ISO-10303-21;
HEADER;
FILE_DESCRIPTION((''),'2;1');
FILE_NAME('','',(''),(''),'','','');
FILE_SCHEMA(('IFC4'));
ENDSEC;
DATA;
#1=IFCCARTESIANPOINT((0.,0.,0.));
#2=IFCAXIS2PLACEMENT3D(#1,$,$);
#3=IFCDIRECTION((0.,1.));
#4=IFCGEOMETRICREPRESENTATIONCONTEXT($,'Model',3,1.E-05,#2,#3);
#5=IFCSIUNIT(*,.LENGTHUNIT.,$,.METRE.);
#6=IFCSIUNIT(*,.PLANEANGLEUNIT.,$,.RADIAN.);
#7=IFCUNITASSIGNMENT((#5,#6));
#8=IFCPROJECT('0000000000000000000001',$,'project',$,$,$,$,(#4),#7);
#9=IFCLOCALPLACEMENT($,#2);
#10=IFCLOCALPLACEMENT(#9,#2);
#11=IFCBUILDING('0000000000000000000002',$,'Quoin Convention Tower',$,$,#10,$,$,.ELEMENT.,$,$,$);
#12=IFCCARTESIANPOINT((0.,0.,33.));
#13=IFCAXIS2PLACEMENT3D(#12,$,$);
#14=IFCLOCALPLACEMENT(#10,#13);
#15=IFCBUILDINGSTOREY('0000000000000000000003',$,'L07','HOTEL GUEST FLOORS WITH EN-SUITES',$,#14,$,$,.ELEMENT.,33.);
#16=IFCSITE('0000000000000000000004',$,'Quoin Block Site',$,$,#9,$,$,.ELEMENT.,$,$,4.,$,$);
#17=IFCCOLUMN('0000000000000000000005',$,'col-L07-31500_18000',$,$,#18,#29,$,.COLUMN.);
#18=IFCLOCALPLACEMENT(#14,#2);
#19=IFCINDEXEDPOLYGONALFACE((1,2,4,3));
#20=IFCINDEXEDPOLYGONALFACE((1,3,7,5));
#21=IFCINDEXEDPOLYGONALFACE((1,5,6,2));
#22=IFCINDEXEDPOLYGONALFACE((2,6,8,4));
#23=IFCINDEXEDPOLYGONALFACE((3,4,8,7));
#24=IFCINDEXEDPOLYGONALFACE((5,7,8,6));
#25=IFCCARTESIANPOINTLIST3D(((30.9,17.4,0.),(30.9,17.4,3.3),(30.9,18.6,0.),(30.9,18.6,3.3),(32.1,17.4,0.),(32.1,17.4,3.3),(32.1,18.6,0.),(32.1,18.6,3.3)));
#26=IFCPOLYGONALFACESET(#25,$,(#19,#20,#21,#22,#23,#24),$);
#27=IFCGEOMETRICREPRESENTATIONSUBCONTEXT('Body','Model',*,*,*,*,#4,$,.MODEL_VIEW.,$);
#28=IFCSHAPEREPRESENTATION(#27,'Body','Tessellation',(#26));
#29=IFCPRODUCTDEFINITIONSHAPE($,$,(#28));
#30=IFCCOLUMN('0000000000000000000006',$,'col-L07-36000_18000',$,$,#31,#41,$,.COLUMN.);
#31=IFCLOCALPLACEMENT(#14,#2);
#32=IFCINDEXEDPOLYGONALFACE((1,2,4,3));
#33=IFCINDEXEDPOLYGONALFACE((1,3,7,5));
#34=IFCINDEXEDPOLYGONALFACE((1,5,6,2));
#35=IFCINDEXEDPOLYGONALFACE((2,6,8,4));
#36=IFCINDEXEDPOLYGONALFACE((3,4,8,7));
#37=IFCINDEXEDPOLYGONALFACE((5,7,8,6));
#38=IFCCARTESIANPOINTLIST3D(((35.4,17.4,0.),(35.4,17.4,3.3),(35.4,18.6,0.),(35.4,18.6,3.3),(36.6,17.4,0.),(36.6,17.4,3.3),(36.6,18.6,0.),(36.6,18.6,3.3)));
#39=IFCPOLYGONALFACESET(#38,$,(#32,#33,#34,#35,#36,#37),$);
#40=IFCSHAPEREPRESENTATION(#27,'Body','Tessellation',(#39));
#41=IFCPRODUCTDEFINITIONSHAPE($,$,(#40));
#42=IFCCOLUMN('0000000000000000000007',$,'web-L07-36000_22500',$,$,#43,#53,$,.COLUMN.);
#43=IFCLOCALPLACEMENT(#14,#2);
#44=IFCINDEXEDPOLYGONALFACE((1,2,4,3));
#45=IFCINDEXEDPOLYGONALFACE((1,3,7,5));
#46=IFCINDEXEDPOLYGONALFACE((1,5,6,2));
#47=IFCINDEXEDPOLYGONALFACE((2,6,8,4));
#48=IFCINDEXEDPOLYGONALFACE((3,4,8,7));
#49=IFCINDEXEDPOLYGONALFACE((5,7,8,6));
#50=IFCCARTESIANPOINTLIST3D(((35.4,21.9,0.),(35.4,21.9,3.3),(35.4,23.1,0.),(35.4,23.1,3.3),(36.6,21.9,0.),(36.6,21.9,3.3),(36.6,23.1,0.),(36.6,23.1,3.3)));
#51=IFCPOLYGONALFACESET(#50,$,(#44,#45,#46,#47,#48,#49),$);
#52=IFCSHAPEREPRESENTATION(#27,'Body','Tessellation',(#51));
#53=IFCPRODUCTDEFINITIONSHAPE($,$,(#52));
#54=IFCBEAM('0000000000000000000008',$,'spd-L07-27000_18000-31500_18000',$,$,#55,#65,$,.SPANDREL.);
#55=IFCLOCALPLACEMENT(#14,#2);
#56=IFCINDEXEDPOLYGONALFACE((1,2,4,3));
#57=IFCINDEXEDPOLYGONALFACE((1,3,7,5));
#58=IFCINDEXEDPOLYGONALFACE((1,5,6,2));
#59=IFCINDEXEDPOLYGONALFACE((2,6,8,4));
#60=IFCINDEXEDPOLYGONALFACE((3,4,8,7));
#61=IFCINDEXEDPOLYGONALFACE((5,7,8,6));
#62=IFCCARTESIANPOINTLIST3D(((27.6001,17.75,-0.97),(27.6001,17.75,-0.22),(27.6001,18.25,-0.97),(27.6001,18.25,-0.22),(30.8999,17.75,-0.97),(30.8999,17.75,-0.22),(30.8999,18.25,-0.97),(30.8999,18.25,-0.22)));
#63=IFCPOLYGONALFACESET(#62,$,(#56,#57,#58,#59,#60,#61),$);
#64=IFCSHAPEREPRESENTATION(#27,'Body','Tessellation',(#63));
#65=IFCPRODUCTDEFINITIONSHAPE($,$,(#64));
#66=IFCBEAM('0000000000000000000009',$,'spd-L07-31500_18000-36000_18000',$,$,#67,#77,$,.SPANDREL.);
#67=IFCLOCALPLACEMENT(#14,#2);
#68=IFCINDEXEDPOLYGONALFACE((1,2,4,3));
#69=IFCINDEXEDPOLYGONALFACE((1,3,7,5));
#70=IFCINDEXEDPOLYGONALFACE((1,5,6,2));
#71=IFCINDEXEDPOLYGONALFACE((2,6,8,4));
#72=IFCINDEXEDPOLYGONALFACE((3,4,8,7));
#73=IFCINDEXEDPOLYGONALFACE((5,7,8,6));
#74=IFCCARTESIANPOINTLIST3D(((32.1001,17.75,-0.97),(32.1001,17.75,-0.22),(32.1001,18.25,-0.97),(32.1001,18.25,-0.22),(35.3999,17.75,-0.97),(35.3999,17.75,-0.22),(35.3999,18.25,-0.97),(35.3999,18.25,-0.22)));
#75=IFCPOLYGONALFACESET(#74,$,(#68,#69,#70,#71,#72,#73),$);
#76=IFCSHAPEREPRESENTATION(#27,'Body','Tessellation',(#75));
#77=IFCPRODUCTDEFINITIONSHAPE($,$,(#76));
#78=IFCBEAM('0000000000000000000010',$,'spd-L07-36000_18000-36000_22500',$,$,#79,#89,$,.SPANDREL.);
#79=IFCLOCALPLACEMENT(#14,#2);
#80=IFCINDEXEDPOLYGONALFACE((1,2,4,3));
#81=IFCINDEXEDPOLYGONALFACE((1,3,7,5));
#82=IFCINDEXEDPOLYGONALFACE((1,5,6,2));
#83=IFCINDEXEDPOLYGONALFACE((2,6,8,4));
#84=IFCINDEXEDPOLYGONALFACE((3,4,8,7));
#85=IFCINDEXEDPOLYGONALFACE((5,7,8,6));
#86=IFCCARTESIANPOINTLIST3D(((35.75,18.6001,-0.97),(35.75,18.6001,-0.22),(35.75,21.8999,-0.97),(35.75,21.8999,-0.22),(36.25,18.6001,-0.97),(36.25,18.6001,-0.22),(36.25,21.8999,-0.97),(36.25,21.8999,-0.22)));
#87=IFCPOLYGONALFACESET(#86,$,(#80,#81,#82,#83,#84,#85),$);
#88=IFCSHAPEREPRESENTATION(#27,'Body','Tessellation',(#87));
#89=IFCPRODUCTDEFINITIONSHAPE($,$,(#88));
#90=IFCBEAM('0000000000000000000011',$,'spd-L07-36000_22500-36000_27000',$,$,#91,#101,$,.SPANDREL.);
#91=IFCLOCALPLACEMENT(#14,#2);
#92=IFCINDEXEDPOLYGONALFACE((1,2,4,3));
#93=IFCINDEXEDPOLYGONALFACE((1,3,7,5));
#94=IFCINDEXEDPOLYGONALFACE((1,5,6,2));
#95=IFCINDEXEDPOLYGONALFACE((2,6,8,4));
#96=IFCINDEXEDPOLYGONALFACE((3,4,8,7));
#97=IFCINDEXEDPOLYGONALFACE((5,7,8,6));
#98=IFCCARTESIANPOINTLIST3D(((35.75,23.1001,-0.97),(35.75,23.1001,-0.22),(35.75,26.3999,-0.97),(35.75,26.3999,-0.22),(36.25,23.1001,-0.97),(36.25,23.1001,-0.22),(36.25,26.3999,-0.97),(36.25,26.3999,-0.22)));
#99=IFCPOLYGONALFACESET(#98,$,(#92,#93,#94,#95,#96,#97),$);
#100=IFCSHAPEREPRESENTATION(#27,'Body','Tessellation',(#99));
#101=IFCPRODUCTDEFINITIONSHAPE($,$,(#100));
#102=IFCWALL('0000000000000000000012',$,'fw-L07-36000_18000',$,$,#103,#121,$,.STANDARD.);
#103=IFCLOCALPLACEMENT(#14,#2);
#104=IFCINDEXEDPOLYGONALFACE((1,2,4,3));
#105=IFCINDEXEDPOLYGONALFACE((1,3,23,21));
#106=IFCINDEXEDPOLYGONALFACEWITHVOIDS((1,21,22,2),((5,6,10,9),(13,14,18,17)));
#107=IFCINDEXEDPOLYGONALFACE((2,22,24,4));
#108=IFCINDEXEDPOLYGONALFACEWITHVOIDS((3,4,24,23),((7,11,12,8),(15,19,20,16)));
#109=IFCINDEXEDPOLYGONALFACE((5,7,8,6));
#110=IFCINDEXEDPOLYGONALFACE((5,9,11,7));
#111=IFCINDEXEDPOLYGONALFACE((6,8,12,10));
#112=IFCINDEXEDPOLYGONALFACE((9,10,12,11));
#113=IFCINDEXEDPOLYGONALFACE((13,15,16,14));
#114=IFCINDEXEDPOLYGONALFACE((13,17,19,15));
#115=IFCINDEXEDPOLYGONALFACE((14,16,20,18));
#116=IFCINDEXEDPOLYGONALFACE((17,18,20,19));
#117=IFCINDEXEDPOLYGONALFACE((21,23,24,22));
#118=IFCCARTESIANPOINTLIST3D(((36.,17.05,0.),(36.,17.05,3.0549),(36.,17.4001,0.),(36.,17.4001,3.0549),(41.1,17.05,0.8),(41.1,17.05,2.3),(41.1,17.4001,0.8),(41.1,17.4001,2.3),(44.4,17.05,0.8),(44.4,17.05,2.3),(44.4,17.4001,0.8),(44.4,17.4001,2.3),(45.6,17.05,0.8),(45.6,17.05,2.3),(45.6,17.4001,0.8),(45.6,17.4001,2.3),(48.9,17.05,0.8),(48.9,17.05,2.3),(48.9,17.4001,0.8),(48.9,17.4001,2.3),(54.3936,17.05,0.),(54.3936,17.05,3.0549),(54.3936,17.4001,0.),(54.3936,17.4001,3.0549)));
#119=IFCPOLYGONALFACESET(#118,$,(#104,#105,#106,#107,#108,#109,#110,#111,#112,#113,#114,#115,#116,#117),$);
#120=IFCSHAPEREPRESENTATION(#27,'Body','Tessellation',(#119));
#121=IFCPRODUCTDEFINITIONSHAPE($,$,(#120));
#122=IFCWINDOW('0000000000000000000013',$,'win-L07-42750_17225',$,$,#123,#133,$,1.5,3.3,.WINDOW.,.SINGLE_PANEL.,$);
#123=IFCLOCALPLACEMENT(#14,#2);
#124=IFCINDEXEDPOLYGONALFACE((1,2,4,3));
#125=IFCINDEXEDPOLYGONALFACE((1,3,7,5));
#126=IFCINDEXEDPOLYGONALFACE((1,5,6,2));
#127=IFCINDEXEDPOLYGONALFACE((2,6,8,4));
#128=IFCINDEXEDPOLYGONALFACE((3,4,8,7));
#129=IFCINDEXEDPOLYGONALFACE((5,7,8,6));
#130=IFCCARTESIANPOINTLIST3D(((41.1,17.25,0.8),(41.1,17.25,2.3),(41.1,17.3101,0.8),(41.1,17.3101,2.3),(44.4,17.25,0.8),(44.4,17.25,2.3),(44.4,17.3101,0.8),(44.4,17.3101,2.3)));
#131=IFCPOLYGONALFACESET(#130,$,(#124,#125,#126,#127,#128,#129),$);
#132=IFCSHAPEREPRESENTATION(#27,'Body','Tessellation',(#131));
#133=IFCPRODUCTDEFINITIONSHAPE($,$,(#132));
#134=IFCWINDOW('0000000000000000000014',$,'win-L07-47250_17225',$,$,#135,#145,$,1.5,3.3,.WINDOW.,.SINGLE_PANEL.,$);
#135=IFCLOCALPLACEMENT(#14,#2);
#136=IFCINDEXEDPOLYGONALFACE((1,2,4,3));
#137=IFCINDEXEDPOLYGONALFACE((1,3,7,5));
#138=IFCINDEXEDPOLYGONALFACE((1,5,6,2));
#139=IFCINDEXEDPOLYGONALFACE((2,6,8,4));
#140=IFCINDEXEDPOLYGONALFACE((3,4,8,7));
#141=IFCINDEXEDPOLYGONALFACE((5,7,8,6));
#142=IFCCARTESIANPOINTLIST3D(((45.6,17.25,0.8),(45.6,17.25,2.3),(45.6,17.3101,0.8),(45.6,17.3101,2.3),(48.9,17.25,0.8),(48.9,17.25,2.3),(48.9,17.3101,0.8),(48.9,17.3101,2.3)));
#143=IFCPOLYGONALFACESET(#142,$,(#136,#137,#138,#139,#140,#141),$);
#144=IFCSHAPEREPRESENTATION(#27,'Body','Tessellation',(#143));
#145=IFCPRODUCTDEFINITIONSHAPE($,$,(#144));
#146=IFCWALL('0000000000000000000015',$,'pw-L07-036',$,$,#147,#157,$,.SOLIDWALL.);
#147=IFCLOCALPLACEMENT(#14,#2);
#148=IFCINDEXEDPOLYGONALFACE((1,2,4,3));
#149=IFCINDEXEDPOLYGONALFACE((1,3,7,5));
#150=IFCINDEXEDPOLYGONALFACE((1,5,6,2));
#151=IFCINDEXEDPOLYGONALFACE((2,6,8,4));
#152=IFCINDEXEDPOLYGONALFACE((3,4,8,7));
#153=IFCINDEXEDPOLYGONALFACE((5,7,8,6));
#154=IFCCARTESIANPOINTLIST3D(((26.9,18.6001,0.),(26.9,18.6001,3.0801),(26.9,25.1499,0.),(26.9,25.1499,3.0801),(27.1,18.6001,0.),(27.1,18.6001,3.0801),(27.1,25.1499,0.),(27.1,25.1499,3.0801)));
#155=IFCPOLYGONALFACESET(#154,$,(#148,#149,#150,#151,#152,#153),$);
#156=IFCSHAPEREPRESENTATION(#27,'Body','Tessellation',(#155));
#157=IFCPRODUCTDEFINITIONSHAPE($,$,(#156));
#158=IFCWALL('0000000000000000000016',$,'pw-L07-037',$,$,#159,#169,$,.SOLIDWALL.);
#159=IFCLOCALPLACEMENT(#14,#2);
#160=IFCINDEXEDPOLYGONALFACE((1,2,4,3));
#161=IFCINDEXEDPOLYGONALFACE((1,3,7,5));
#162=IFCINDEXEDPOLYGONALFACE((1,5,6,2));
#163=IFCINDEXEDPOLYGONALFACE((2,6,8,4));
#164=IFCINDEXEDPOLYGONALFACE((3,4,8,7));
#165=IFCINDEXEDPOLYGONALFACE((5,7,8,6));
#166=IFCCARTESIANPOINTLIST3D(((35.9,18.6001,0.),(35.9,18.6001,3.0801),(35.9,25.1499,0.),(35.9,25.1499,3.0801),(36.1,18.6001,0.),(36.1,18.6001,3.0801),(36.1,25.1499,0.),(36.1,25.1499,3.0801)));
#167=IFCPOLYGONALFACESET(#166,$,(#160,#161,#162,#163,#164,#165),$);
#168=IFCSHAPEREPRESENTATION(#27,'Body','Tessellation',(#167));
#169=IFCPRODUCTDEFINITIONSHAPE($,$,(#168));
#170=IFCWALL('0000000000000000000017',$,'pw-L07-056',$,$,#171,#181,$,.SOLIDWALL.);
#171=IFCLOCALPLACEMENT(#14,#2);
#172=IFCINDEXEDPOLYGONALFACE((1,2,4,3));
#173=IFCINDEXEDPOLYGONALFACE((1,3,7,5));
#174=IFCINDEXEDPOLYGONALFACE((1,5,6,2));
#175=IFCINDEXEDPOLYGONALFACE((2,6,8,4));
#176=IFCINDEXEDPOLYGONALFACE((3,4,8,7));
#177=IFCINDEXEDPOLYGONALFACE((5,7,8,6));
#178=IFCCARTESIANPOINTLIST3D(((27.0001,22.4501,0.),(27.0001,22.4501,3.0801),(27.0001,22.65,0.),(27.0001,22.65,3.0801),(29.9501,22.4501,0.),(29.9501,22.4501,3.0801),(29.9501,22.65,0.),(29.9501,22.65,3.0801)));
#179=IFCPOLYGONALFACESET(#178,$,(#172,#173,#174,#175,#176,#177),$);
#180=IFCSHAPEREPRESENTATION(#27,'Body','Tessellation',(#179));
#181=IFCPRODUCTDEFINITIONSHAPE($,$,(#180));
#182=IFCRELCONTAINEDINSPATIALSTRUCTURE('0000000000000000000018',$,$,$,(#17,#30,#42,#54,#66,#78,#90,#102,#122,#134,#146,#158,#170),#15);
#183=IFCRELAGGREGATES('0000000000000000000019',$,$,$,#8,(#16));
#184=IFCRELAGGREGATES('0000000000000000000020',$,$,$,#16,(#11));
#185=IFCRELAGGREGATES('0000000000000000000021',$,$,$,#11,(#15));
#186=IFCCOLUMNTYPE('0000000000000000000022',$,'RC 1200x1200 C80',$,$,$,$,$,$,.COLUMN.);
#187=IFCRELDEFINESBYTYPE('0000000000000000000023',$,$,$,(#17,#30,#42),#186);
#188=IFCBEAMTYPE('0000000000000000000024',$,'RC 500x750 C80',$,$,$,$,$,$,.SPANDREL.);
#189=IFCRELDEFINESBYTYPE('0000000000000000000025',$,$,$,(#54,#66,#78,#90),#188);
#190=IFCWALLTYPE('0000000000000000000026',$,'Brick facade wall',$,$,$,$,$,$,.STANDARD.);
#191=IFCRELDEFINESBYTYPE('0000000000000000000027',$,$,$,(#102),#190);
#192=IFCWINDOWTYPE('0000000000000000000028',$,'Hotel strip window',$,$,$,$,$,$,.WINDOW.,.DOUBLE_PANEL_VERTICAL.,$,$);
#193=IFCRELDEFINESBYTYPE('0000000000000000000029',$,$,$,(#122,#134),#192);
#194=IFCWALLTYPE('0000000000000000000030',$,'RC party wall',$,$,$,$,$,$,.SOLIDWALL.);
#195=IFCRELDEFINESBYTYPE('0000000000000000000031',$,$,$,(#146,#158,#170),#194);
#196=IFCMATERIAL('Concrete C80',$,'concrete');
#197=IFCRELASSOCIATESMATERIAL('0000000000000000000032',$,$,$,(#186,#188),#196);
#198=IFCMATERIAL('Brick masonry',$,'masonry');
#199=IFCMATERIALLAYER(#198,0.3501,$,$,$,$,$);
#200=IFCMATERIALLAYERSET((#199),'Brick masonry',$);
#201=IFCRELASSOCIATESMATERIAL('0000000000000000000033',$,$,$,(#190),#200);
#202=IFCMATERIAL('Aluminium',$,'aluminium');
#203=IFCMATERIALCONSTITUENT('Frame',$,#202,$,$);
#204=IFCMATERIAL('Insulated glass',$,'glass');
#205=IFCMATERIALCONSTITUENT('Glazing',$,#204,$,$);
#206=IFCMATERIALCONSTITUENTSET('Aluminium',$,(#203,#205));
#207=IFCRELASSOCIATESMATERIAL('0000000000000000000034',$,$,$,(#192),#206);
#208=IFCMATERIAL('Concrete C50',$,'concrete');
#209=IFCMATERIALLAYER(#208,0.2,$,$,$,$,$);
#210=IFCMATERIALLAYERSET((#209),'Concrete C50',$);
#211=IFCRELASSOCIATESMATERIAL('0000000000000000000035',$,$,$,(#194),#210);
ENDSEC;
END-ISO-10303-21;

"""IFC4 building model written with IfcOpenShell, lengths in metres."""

from ifc_helpers import new_model, si_unit, direction, frame, frame_2d, origin, origin_2d, place, context, subcontext, project, spatial, rectangle, extrude, material, layer, layer_set, constituent, constituent_set, material_profile, profile_set, type_object, element, fill, save


model = new_model("IFC4")

# Units and contexts
model_context = context("Model", 3, precision=1e-05, world=origin(), true_north=direction((0.0, 1.0)))
body_context = subcontext(model_context, "Body", "Model", "MODEL_VIEW")
ifc_project = project(units=[si_unit("LENGTHUNIT", "METRE"), si_unit("PLANEANGLEUNIT", "RADIAN")], contexts=[model_context])

# Site, building, storey
site_placement = place(None, origin())
site = spatial("IfcSite", under=ifc_project, at=site_placement, Name="Quoin Block Site", CompositionType="ELEMENT", RefElevation=4.0)
building_placement = place(site_placement, origin())
building = spatial("IfcBuilding", under=site, at=building_placement, Name="Quoin Convention Tower", CompositionType="ELEMENT")
storey_placement = place(building_placement, frame((0.0, 0.0, 33.0)))
storey = spatial("IfcBuildingStorey", under=building, at=storey_placement, Name="L07", Description="HOTEL GUEST FLOORS WITH EN-SUITES", CompositionType="ELEMENT", Elevation=33.0)

# Columns
ifc_material_1 = material(Name="Concrete C80", Category="concrete")
ifc_material_profile_1 = material_profile(ifc_material_1, rectangle(XDim=1.2, YDim=1.2, at=origin_2d()), Name="RC 1200x1200")
ifc_profile_set_1 = profile_set([ifc_material_profile_1], Name="Concrete C80")
column_type = type_object("IfcColumnType", Name="RC 1200x1200 C80", PredefinedType="COLUMN", material=ifc_profile_set_1)
for number, where, z_axis, x_axis, name in (
    (1, (31.5, 18.0, 0.0), (0.0, 0.0, 1.0), (1.0, 0.0, 0.0), "col-L07-31500_18000"),
    (2, (36.0, 18.0, 0.0), (0.0, 0.0, 1.0), (1.0, 0.0, 0.0), "col-L07-36000_18000"),
    (3, (36.0, 22.5, 0.0), (0.0, 0.0, 1.0), (1.0, 0.0, 0.0), "web-L07-36000_22500"),
):
    element("IfcColumn", number, at=place(storey_placement, frame(where, z_axis=z_axis, x_axis=x_axis)), inside=storey, type_object=column_type, Name=name, PredefinedType="COLUMN", context=body_context, shape_type="SweptSolid", body=[
        extrude(rectangle(XDim=1.2, YDim=1.2, at=origin_2d()), origin(), (0.0, 0.0, 1.0), 3.3),
    ])

# Beams
ifc_material_profile_2 = material_profile(ifc_material_1, rectangle(XDim=0.5, YDim=0.75, at=origin_2d()), Name="RC 500x750")
ifc_profile_set_2 = profile_set([ifc_material_profile_2], Name="Concrete C80")
beam_type = type_object("IfcBeamType", Name="RC 500x750 C80", PredefinedType="SPANDREL", material=ifc_profile_set_2)
for number, where, z_axis, x_axis, name in (
    (4, (27.6001, 18.0, -0.595), (1.0, 0.0, 0.0), (0.0, 1.0, 0.0), "spd-L07-27000_18000-31500_18000"),
    (5, (32.1001, 18.0, -0.595), (1.0, 0.0, 0.0), (0.0, 1.0, 0.0), "spd-L07-31500_18000-36000_18000"),
    (6, (36.0, 18.6001, -0.595), (0.0, 1.0, 0.0), (-1.0, 0.0, 0.0), "spd-L07-36000_18000-36000_22500"),
    (7, (36.0, 23.1001, -0.595), (0.0, 1.0, 0.0), (-1.0, 0.0, 0.0), "spd-L07-36000_22500-36000_27000"),
):
    element("IfcBeam", number, at=place(storey_placement, frame(where, z_axis=z_axis, x_axis=x_axis)), inside=storey, type_object=beam_type, Name=name, PredefinedType="SPANDREL", context=body_context, shape_type="SweptSolid", body=[
        extrude(rectangle(XDim=0.5, YDim=0.75, at=origin_2d()), origin(), (0.0, 0.0, 1.0), 3.2998),
    ])

# Wall, openings, windows
ifc_material_2 = material(Name="Brick masonry", Category="masonry")
ifc_layer_1 = layer(ifc_material_2, 0.3501)
ifc_layer_set_1 = layer_set([ifc_layer_1], Name="Brick masonry")
wall_type_1 = type_object("IfcWallType", Name="Brick facade wall", PredefinedType="STANDARD", material=ifc_layer_set_1)
wall_1_placement = place(storey_placement, frame((36.0, 17.2251, 0.0), z_axis=(0.0, 0.0, 1.0), x_axis=(1.0, 0.0, 0.0)))
wall_1 = element("IfcWall", 8, at=wall_1_placement, inside=storey, type_object=wall_type_1, Name="fw-L07-36000_18000", PredefinedType="STANDARD", context=body_context, shape_type="SweptSolid", body=[
    extrude(rectangle(XDim=18.3936, YDim=0.3501, at=frame_2d((9.1968, 0.0))), origin(), (0.0, 0.0, 1.0), 3.0549),
])
opening_1_placement = place(wall_1_placement, frame((5.1001, 0.0, 0.8)))
opening_1 = element("IfcOpeningElement", 9, at=opening_1_placement, cuts=wall_1, PredefinedType="OPENING", context=body_context, shape_type="SweptSolid", body=[
    extrude(rectangle(XDim=3.3, YDim=1.5, at=frame_2d((1.6499, 0.75))), frame((0.0, 0.1851, 0.0), z_axis=(0.0, -1.0, 0.0), x_axis=(1.0, 0.0, 0.0)), (0.0, 0.0, 1.0), 0.3701),
])
opening_2_placement = place(wall_1_placement, frame((9.6001, 0.0, 0.8)))
opening_2 = element("IfcOpeningElement", 10, at=opening_2_placement, cuts=wall_1, PredefinedType="OPENING", context=body_context, shape_type="SweptSolid", body=[
    extrude(rectangle(XDim=3.3, YDim=1.5, at=frame_2d((1.6499, 0.75))), frame((0.0, 0.1851, 0.0), z_axis=(0.0, -1.0, 0.0), x_axis=(1.0, 0.0, 0.0)), (0.0, 0.0, 1.0), 0.3701),
])
ifc_material_3 = material(Name="Aluminium", Category="aluminium")
ifc_constituent_1 = constituent(ifc_material_3, Name="Frame")
ifc_material_4 = material(Name="Insulated glass", Category="glass")
ifc_constituent_2 = constituent(ifc_material_4, Name="Glazing")
ifc_constituent_set = constituent_set(constituents=[ifc_constituent_1, ifc_constituent_2], Name="Aluminium")
window_type = type_object("IfcWindowType", Name="Hotel strip window", PartitioningType="DOUBLE_PANEL_VERTICAL", PredefinedType="WINDOW", material=ifc_constituent_set)
window_1_placement = place(opening_1_placement, origin())
window_1 = element("IfcWindow", 11, at=window_1_placement, inside=storey, type_object=window_type, Name="win-L07-42750_17225", OverallHeight=1.5, OverallWidth=3.3, PartitioningType="SINGLE_PANEL", PredefinedType="WINDOW", context=body_context, shape_type="SweptSolid", body=[
    extrude(rectangle(XDim=3.3, YDim=1.5, at=frame_2d((1.6499, 0.75))), frame((0.0, 0.085, 0.0), z_axis=(0.0, -1.0, 0.0), x_axis=(1.0, 0.0, 0.0)), (0.0, 0.0, 1.0), 0.0601),
])
fill(opening_1, window_1)
window_2_placement = place(opening_2_placement, origin())
window_2 = element("IfcWindow", 12, at=window_2_placement, inside=storey, type_object=window_type, Name="win-L07-47250_17225", OverallHeight=1.5, OverallWidth=3.3, PartitioningType="SINGLE_PANEL", PredefinedType="WINDOW", context=body_context, shape_type="SweptSolid", body=[
    extrude(rectangle(XDim=3.3, YDim=1.5, at=frame_2d((1.6499, 0.75))), frame((0.0, 0.085, 0.0), z_axis=(0.0, -1.0, 0.0), x_axis=(1.0, 0.0, 0.0)), (0.0, 0.0, 1.0), 0.0601),
])
fill(opening_2, window_2)

# Walls
ifc_material_5 = material(Name="Concrete C50", Category="concrete")
ifc_layer_2 = layer(ifc_material_5, 0.2)
ifc_layer_set_2 = layer_set([ifc_layer_2], Name="Concrete C50")
wall_type_2 = type_object("IfcWallType", Name="RC party wall", PredefinedType="SOLIDWALL", material=ifc_layer_set_2)
for number, where, z_axis, x_axis, name in (
    (13, (27.0, 18.6001, 0.0), (0.0, 0.0, 1.0), (0.0, 1.0, 0.0), "pw-L07-036"),
    (14, (36.0, 18.6001, 0.0), (0.0, 0.0, 1.0), (0.0, 1.0, 0.0), "pw-L07-037"),
):
    element("IfcWall", number, at=place(storey_placement, frame(where, z_axis=z_axis, x_axis=x_axis)), inside=storey, type_object=wall_type_2, Name=name, PredefinedType="SOLIDWALL", context=body_context, shape_type="SweptSolid", body=[
        extrude(rectangle(XDim=6.5498, YDim=0.2, at=frame_2d((3.2749, 0.0))), origin(), (0.0, 0.0, 1.0), 3.0801),
    ])
wall_2_placement = place(storey_placement, frame((27.0, 22.55, 0.0), z_axis=(0.0, 0.0, 1.0), x_axis=(1.0, 0.0, 0.0)))
element("IfcWall", 15, at=wall_2_placement, inside=storey, type_object=wall_type_2, Name="pw-L07-056", PredefinedType="SOLIDWALL", context=body_context, shape_type="SweptSolid", body=[
    extrude(rectangle(XDim=2.95, YDim=0.2, at=frame_2d((1.4751, 0.0))), origin(), (0.0, 0.0, 1.0), 3.0801),
])

save(model, "model.ifc")
